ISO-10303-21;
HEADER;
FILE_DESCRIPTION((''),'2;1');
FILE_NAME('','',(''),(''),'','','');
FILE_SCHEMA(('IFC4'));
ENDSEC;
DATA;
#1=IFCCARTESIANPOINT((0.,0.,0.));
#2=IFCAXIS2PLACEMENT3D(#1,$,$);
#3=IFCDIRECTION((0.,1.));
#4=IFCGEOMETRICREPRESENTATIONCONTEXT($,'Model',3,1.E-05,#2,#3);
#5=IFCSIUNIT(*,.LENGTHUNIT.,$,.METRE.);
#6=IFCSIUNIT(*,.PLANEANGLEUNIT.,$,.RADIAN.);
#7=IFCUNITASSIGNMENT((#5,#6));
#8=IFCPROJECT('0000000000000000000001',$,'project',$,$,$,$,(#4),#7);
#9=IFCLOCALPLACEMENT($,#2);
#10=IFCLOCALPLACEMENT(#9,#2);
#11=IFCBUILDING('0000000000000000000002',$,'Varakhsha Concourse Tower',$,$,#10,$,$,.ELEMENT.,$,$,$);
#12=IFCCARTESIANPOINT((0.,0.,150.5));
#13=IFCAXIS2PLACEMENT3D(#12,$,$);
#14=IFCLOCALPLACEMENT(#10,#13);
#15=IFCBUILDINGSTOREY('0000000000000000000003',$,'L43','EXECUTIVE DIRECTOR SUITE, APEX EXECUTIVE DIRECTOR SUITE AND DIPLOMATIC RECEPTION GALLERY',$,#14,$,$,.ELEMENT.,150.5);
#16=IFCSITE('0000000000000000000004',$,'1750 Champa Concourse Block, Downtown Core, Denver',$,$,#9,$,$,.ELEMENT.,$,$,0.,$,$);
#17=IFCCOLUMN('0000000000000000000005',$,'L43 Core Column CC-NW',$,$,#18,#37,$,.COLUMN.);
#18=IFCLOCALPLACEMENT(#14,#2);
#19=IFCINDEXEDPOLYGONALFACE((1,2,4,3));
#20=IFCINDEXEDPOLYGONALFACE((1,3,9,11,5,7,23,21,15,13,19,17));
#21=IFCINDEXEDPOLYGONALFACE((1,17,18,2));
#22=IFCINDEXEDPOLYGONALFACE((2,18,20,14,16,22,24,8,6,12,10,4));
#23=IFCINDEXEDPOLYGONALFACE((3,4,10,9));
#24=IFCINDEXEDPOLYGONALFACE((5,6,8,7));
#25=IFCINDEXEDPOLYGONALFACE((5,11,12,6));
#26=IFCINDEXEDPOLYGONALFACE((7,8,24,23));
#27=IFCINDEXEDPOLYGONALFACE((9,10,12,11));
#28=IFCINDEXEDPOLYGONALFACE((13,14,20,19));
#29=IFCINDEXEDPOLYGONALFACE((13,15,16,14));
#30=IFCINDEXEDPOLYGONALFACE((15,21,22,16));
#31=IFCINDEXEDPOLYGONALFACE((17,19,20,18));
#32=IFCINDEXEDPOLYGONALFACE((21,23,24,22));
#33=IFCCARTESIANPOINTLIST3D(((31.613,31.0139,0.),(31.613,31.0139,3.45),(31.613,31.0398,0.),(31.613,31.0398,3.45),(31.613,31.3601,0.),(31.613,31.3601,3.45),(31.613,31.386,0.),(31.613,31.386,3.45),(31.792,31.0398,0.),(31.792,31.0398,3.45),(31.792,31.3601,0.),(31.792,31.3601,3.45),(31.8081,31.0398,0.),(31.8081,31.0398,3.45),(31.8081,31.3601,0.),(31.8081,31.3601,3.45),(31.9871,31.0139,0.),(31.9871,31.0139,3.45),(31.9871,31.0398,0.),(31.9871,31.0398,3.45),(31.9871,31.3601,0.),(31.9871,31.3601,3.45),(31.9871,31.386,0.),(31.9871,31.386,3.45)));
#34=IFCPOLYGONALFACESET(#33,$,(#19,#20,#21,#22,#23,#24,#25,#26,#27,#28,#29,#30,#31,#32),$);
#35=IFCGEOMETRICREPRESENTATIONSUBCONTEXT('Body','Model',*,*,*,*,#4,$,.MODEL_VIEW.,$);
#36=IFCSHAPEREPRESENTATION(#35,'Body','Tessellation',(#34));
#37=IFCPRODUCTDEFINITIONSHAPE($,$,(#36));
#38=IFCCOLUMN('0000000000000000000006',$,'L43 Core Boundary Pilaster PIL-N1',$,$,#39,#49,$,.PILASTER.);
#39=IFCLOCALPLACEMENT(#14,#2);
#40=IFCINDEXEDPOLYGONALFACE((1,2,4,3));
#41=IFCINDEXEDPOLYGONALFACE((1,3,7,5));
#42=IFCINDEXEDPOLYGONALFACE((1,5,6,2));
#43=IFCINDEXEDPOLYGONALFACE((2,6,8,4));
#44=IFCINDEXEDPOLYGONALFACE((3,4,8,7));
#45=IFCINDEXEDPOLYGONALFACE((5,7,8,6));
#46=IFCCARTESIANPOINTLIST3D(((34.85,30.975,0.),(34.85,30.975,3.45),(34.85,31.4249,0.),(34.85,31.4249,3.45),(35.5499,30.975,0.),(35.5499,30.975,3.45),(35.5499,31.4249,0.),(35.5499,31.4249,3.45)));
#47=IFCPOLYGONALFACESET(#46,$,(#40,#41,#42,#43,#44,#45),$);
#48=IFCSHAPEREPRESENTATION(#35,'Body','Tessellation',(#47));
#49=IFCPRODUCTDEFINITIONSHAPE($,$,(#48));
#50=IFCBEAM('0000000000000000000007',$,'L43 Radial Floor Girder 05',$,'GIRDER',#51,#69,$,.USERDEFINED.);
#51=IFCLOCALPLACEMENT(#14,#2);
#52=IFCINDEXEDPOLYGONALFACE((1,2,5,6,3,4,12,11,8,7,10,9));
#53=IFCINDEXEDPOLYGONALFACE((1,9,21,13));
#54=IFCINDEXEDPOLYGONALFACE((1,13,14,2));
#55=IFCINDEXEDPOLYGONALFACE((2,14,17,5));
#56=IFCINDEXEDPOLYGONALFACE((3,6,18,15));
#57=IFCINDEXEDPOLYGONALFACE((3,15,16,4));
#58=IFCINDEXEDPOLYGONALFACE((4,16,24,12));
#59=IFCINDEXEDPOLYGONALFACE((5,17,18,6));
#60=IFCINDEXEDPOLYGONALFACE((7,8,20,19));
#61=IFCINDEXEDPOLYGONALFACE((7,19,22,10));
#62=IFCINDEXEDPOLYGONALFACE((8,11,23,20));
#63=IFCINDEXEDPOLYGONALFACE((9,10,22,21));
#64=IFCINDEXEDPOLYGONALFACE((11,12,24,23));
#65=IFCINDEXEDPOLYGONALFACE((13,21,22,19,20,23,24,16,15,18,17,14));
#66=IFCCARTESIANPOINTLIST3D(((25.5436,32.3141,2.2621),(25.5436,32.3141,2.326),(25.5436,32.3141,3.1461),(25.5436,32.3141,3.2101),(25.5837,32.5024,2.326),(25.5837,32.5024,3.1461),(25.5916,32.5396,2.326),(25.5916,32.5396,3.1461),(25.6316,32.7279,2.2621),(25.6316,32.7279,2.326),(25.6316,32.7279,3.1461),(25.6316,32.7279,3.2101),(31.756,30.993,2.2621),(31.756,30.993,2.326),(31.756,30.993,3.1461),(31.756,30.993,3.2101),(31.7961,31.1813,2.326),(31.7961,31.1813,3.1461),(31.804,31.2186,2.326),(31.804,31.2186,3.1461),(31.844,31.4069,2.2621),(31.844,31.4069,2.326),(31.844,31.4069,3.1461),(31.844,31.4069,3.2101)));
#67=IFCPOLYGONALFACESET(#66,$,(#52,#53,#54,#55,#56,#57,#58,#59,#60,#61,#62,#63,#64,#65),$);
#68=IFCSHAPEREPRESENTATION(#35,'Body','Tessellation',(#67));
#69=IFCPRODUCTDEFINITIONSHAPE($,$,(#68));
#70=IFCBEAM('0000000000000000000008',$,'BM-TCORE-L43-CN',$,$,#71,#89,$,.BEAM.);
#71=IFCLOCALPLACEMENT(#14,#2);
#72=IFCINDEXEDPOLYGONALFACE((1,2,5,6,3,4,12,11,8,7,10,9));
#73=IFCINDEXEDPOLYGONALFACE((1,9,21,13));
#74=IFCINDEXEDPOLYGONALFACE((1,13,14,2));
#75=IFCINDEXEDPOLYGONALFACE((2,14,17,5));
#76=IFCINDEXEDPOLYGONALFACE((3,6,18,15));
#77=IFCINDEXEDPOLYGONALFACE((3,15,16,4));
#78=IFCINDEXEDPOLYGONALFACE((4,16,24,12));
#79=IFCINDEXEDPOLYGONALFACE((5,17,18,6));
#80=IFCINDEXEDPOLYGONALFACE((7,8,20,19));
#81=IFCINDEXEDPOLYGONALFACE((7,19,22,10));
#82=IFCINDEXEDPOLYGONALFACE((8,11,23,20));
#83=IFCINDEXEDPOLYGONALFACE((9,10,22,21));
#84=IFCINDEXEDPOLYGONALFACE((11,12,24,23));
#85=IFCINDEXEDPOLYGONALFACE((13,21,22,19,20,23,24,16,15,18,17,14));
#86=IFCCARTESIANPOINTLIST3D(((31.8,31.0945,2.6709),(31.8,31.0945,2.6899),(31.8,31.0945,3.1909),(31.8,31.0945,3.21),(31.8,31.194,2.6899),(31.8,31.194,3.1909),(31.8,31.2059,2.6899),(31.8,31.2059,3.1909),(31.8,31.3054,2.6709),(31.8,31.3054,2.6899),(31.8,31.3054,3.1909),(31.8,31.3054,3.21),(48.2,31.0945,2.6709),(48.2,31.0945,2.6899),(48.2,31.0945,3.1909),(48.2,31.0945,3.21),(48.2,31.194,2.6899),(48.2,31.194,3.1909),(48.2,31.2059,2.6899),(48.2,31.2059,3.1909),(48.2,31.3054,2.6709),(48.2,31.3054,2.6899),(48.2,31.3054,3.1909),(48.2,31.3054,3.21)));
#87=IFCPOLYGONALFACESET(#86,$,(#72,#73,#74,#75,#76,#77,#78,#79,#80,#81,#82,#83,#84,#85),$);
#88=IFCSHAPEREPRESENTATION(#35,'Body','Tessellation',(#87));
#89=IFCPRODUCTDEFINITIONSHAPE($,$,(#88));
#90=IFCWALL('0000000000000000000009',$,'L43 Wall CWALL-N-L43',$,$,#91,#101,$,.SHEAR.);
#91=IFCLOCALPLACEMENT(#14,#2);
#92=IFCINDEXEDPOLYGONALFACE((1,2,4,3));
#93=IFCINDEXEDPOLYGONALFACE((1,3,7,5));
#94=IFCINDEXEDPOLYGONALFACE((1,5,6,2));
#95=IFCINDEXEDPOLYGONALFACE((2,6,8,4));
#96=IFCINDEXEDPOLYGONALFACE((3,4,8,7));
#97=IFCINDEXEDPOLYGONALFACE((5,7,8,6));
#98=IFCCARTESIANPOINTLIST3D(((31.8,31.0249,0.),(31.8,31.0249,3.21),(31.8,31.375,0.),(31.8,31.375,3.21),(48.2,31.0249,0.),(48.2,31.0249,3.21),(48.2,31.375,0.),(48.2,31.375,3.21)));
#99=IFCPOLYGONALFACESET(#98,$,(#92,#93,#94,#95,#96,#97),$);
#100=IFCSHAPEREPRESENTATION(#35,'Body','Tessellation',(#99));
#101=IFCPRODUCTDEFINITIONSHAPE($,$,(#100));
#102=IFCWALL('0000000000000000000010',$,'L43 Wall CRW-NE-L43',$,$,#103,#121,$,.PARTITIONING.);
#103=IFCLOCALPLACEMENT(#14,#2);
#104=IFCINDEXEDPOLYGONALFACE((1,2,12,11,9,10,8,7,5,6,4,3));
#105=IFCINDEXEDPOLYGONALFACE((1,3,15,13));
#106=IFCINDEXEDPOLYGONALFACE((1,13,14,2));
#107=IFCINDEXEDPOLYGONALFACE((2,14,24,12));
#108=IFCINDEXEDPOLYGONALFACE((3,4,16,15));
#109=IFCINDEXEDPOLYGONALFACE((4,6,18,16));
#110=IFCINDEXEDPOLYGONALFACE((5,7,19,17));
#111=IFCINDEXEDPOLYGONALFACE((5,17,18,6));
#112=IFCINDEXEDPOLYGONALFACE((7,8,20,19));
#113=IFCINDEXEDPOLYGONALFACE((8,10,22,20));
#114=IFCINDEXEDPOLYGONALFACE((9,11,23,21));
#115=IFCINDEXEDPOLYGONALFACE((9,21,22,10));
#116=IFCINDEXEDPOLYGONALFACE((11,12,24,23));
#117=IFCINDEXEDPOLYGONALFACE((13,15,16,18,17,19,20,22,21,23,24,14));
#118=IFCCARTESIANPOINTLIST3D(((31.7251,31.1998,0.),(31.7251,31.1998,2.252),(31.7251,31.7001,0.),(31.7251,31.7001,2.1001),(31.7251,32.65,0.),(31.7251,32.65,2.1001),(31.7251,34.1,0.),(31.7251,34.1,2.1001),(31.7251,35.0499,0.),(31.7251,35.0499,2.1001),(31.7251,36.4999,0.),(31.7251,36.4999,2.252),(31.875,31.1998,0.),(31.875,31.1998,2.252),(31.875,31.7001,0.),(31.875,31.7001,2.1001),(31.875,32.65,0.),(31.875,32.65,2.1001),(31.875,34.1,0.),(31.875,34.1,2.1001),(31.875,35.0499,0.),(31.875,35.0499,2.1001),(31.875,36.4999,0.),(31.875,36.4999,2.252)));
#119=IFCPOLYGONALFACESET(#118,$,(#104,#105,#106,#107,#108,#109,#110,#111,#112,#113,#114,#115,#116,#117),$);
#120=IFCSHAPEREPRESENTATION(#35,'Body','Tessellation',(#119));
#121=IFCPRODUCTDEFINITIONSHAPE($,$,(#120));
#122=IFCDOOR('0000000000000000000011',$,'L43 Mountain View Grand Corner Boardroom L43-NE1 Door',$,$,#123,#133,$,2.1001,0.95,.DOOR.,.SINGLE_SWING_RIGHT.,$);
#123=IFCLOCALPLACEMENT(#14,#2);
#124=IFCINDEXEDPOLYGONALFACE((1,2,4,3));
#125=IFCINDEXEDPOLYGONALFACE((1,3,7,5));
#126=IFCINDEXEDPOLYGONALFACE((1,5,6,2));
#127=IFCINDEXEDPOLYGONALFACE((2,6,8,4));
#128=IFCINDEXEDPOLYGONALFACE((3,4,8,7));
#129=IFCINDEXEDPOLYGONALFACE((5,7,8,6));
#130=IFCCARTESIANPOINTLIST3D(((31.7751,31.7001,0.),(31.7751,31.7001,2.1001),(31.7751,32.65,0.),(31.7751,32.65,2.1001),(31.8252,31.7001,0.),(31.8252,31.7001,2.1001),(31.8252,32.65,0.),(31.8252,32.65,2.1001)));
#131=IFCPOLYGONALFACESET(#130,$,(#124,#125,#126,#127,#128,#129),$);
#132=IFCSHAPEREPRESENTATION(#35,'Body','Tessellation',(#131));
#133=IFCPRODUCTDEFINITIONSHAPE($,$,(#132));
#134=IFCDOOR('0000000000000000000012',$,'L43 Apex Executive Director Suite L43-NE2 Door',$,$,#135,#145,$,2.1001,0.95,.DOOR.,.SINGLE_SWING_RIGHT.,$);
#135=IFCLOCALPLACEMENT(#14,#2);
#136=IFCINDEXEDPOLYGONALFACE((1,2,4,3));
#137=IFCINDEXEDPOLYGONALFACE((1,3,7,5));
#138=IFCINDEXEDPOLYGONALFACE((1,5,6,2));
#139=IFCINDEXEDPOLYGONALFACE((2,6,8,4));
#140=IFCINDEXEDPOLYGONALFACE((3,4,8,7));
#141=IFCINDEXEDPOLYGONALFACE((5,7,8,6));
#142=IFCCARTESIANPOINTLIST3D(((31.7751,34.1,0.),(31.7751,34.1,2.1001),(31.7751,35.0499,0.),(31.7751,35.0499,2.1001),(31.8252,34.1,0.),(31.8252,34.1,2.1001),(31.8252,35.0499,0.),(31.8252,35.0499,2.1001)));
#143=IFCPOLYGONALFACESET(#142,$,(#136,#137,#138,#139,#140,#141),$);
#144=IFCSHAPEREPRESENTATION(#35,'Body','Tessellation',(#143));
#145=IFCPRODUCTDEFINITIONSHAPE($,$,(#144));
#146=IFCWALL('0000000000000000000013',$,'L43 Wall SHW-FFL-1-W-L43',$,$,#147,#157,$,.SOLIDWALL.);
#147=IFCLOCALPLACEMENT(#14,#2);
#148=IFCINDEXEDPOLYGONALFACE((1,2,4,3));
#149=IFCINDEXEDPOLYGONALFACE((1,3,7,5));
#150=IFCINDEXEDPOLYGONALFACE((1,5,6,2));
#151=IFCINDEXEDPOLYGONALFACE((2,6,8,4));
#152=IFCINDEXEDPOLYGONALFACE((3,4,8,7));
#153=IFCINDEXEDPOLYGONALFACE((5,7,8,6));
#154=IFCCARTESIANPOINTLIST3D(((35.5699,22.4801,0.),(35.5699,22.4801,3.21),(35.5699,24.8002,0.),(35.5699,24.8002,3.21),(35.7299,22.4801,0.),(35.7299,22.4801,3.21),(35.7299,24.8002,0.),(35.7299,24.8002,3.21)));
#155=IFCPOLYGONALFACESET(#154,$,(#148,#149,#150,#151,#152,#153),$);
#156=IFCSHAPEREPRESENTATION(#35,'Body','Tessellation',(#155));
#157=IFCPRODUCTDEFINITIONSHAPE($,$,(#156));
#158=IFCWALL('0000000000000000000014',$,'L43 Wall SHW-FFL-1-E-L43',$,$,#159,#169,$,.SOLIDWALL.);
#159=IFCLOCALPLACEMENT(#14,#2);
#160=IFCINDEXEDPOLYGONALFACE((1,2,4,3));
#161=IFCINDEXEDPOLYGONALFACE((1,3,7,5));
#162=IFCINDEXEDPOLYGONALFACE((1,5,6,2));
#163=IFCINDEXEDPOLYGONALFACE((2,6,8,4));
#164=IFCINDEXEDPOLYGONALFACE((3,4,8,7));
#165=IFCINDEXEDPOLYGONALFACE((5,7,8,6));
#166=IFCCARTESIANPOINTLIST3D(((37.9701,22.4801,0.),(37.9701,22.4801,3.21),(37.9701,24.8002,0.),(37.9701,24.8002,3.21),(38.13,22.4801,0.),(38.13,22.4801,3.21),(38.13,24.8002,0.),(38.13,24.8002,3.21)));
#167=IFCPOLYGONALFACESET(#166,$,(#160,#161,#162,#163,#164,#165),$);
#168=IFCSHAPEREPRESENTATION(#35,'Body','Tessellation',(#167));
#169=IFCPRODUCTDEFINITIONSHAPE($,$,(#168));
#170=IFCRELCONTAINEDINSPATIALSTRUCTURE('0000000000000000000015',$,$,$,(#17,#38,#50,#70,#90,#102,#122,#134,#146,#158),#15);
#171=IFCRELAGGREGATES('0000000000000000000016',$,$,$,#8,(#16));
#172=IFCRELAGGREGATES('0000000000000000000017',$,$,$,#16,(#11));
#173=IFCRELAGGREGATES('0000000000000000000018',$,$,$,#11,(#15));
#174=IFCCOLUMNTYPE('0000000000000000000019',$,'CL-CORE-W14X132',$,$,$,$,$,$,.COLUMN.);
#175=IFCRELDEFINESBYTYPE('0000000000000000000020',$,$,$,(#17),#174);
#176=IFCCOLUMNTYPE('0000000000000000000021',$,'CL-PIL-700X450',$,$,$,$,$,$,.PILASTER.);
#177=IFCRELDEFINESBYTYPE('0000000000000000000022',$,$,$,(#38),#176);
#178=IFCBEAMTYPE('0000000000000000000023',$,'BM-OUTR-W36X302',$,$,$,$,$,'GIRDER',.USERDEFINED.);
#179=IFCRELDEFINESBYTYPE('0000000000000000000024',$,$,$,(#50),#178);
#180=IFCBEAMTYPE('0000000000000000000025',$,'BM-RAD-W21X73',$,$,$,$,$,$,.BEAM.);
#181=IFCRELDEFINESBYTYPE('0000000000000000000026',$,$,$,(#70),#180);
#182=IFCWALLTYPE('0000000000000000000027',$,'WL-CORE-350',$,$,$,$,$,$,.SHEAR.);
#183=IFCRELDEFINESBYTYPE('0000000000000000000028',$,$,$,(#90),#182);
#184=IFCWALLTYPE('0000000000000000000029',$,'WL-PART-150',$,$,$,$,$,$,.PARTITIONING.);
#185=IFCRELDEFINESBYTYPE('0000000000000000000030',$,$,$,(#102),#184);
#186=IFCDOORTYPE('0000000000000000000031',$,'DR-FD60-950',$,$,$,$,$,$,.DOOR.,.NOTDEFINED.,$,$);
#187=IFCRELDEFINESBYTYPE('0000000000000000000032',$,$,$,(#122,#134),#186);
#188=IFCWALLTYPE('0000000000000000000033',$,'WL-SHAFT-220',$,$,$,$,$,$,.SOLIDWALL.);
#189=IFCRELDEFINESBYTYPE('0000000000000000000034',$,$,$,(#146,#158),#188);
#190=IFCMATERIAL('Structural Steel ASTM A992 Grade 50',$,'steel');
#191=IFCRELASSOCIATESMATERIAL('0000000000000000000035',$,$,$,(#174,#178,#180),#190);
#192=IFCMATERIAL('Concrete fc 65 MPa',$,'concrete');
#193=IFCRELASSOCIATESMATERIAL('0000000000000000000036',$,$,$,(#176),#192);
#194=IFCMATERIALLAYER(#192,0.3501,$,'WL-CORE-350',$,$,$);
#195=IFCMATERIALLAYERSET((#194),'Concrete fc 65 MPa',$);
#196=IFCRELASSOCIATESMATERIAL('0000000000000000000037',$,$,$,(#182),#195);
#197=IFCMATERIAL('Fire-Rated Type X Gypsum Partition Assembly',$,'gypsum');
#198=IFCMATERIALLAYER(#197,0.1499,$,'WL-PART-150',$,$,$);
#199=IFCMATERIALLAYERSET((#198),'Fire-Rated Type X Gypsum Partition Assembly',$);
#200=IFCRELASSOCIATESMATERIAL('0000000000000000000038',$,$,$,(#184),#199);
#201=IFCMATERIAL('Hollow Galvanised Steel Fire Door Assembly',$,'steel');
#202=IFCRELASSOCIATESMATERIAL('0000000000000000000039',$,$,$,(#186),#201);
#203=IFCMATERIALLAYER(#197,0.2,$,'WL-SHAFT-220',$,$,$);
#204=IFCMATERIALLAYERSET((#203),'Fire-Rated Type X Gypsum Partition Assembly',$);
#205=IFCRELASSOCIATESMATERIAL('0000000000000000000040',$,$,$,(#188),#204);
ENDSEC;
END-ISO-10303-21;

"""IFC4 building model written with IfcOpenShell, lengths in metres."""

from ifc_helpers import new_model, si_unit, direction, frame, frame_2d, origin, origin_2d, place, context, subcontext, project, spatial, rectangle, i_section, extrude, material, layer, layer_set, material_profile, profile_set, type_object, element, fill, save


model = new_model("IFC4")

# Units and contexts
model_context = context("Model", 3, precision=1e-05, world=origin(), true_north=direction((0.0, 1.0)))
body_context = subcontext(model_context, "Body", "Model", "MODEL_VIEW")
ifc_project = project(units=[si_unit("LENGTHUNIT", "METRE"), si_unit("PLANEANGLEUNIT", "RADIAN")], contexts=[model_context])

# Site, building, storey
site_placement = place(None, origin())
site = spatial("IfcSite", under=ifc_project, at=site_placement, Name="1750 Champa Concourse Block, Downtown Core, Denver", CompositionType="ELEMENT", RefElevation=0.0)
building_placement = place(site_placement, origin())
building = spatial("IfcBuilding", under=site, at=building_placement, Name="Varakhsha Concourse Tower", CompositionType="ELEMENT")
storey_placement = place(building_placement, frame((0.0, 0.0, 150.5)))
storey = spatial("IfcBuildingStorey", under=building, at=storey_placement, Name="L43", Description="EXECUTIVE DIRECTOR SUITE, APEX EXECUTIVE DIRECTOR SUITE AND DIPLOMATIC RECEPTION GALLERY", CompositionType="ELEMENT", Elevation=150.5)

# Columns
ifc_material_1 = material(Name="Structural Steel ASTM A992 Grade 50", Category="steel")
ifc_material_profile_1 = material_profile(ifc_material_1, i_section(OverallWidth=0.374, OverallDepth=0.3721, WebThickness=0.0161, FlangeThickness=0.0259, at=origin_2d()), Name="W14X132")
ifc_profile_set_1 = profile_set([ifc_material_profile_1], Name="Structural Steel ASTM A992 Grade 50")
column_type_1 = type_object("IfcColumnType", Name="CL-CORE-W14X132", PredefinedType="COLUMN", material=ifc_profile_set_1)
column_1_placement = place(storey_placement, frame((31.8, 31.2, 0.0), z_axis=(0.0, 0.0, 1.0), x_axis=(1.0, 0.0, 0.0)))
element("IfcColumn", 1, at=column_1_placement, inside=storey, type_object=column_type_1, Name="L43 Core Column CC-NW", PredefinedType="COLUMN", context=body_context, shape_type="SweptSolid", body=[
    extrude(i_section(OverallWidth=0.374, OverallDepth=0.3721, WebThickness=0.0161, FlangeThickness=0.0259, at=origin_2d()), origin(), (0.0, 0.0, 1.0), 3.45),
])
ifc_material_2 = material(Name="Concrete fc 65 MPa", Category="concrete")
ifc_material_profile_2 = material_profile(ifc_material_2, rectangle(XDim=0.7, YDim=0.45, at=origin_2d()), Name="RC 700x450")
ifc_profile_set_2 = profile_set([ifc_material_profile_2], Name="Concrete fc 65 MPa")
column_type_2 = type_object("IfcColumnType", Name="CL-PIL-700X450", PredefinedType="PILASTER", material=ifc_profile_set_2)
column_2_placement = place(storey_placement, frame((35.2, 31.2, 0.0), z_axis=(0.0, 0.0, 1.0), x_axis=(1.0, 0.0, 0.0)))
element("IfcColumn", 2, at=column_2_placement, inside=storey, type_object=column_type_2, Name="L43 Core Boundary Pilaster PIL-N1", PredefinedType="PILASTER", context=body_context, shape_type="SweptSolid", body=[
    extrude(rectangle(XDim=0.7, YDim=0.45, at=origin_2d()), origin(), (0.0, 0.0, 1.0), 3.45),
])

# Beams
ifc_material_profile_3 = material_profile(ifc_material_1, i_section(OverallWidth=0.4231, OverallDepth=0.948, WebThickness=0.0381, FlangeThickness=0.064, at=origin_2d()), Name="W36X302")
ifc_profile_set_3 = profile_set([ifc_material_profile_3], Name="Structural Steel ASTM A992 Grade 50")
beam_type_1 = type_object("IfcBeamType", Name="BM-OUTR-W36X302", ElementType="GIRDER", PredefinedType="USERDEFINED", material=ifc_profile_set_3)
beam_1_placement = place(storey_placement, frame((31.8, 31.2, 2.7361), z_axis=(-0.97813, 0.207996, 0.0), x_axis=(-0.207996, -0.97813, 0.0)))
element("IfcBeam", 3, at=beam_1_placement, inside=storey, type_object=beam_type_1, Name="L43 Radial Floor Girder 05", ObjectType="GIRDER", PredefinedType="USERDEFINED", context=body_context, shape_type="SweptSolid", body=[
    extrude(i_section(OverallWidth=0.4231, OverallDepth=0.948, WebThickness=0.0381, FlangeThickness=0.064, at=origin_2d()), origin(), (0.0, 0.0, 1.0), 6.3513),
])
ifc_material_profile_4 = material_profile(ifc_material_1, i_section(OverallWidth=0.2109, OverallDepth=0.5391, WebThickness=0.012, FlangeThickness=0.019, at=origin_2d()), Name="W21X73")
ifc_profile_set_4 = profile_set([ifc_material_profile_4], Name="Structural Steel ASTM A992 Grade 50")
beam_type_2 = type_object("IfcBeamType", Name="BM-RAD-W21X73", PredefinedType="BEAM", material=ifc_profile_set_4)
beam_2_placement = place(storey_placement, frame((31.8, 31.2, 2.9404), z_axis=(1.0, 0.0, 0.0), x_axis=(0.0, 1.0, 0.0)))
element("IfcBeam", 4, at=beam_2_placement, inside=storey, type_object=beam_type_2, Name="BM-TCORE-L43-CN", PredefinedType="BEAM", context=body_context, shape_type="SweptSolid", body=[
    extrude(i_section(OverallWidth=0.2109, OverallDepth=0.5391, WebThickness=0.012, FlangeThickness=0.019, at=origin_2d()), origin(), (0.0, 0.0, 1.0), 16.3999),
])

# Wall
ifc_layer_1 = layer(ifc_material_2, 0.3501, Name="WL-CORE-350")
ifc_layer_set_1 = layer_set([ifc_layer_1], Name="Concrete fc 65 MPa")
wall_type_1 = type_object("IfcWallType", Name="WL-CORE-350", PredefinedType="SHEAR", material=ifc_layer_set_1)
wall_1_placement = place(storey_placement, frame((31.8, 31.2, 0.0), z_axis=(0.0, 0.0, 1.0), x_axis=(1.0, 0.0, 0.0)))
element("IfcWall", 5, at=wall_1_placement, inside=storey, type_object=wall_type_1, Name="L43 Wall CWALL-N-L43", PredefinedType="SHEAR", context=body_context, shape_type="SweptSolid", body=[
    extrude(rectangle(XDim=16.3999, YDim=0.3501, at=frame_2d((8.2, 0.0))), origin(), (0.0, 0.0, 1.0), 3.21),
])

# Wall, openings, doors
ifc_material_3 = material(Name="Fire-Rated Type X Gypsum Partition Assembly", Category="gypsum")
ifc_layer_2 = layer(ifc_material_3, 0.1499, Name="WL-PART-150")
ifc_layer_set_2 = layer_set([ifc_layer_2], Name="Fire-Rated Type X Gypsum Partition Assembly")
wall_type_2 = type_object("IfcWallType", Name="WL-PART-150", PredefinedType="PARTITIONING", material=ifc_layer_set_2)
wall_2_placement = place(storey_placement, frame((31.8, 31.2, 0.0), z_axis=(0.0, 0.0, 1.0), x_axis=(0.0, 1.0, 0.0)))
wall_2 = element("IfcWall", 6, at=wall_2_placement, inside=storey, type_object=wall_type_2, Name="L43 Wall CRW-NE-L43", PredefinedType="PARTITIONING", context=body_context, shape_type="SweptSolid", body=[
    extrude(rectangle(XDim=5.3, YDim=0.1499, at=frame_2d((2.6499, 0.0))), origin(), (0.0, 0.0, 1.0), 2.252),
])
opening_1_placement = place(wall_2_placement, frame((0.5, 0.0, 0.0)))
opening_1 = element("IfcOpeningElement", 7, at=opening_1_placement, cuts=wall_2, PredefinedType="OPENING", context=body_context, shape_type="SweptSolid", body=[
    extrude(rectangle(XDim=0.95, YDim=2.1001, at=frame_2d((0.4751, 1.05))), frame((0.0, 0.085, 0.0), z_axis=(0.0, -1.0, 0.0), x_axis=(1.0, 0.0, 0.0)), (0.0, 0.0, 1.0), 0.1699),
])
opening_2_placement = place(wall_2_placement, frame((2.8999, 0.0, 0.0)))
opening_2 = element("IfcOpeningElement", 8, at=opening_2_placement, cuts=wall_2, PredefinedType="OPENING", context=body_context, shape_type="SweptSolid", body=[
    extrude(rectangle(XDim=0.95, YDim=2.1001, at=frame_2d((0.4751, 1.05))), frame((0.0, 0.085, 0.0), z_axis=(0.0, -1.0, 0.0), x_axis=(1.0, 0.0, 0.0)), (0.0, 0.0, 1.0), 0.1699),
])
ifc_material_4 = material(Name="Hollow Galvanised Steel Fire Door Assembly", Category="steel")
door_type_1 = type_object("IfcDoorType", Name="DR-FD60-950", OperationType="NOTDEFINED", PredefinedType="DOOR", material=ifc_material_4)
door_1_placement = place(opening_1_placement, origin())
door_1 = element("IfcDoor", 9, at=door_1_placement, inside=storey, type_object=door_type_1, Name="L43 Mountain View Grand Corner Boardroom L43-NE1 Door", OperationType="SINGLE_SWING_RIGHT", OverallHeight=2.1001, OverallWidth=0.95, PredefinedType="DOOR", context=body_context, shape_type="SweptSolid", body=[
    extrude(rectangle(XDim=0.95, YDim=2.1001, at=frame_2d((0.4751, 1.05))), frame((0.0, 0.0249, 0.0), z_axis=(0.0, -1.0, 0.0), x_axis=(1.0, 0.0, 0.0)), (0.0, 0.0, 1.0), 0.05),
])
fill(opening_1, door_1)
door_2_placement = place(opening_2_placement, origin())
door_2 = element("IfcDoor", 10, at=door_2_placement, inside=storey, type_object=door_type_1, Name="L43 Apex Executive Director Suite L43-NE2 Door", OperationType="SINGLE_SWING_RIGHT", OverallHeight=2.1001, OverallWidth=0.95, PredefinedType="DOOR", context=body_context, shape_type="SweptSolid", body=[
    extrude(rectangle(XDim=0.95, YDim=2.1001, at=frame_2d((0.4751, 1.05))), frame((0.0, 0.0249, 0.0), z_axis=(0.0, -1.0, 0.0), x_axis=(1.0, 0.0, 0.0)), (0.0, 0.0, 1.0), 0.05),
])
fill(opening_2, door_2)
ifc_layer_3 = layer(ifc_material_3, 0.2, Name="WL-SHAFT-220")
ifc_layer_set_3 = layer_set([ifc_layer_3], Name="Fire-Rated Type X Gypsum Partition Assembly")
wall_type_3 = type_object("IfcWallType", Name="WL-SHAFT-220", PredefinedType="SOLIDWALL", material=ifc_layer_set_3)

# Walls
for number, where, z_axis, x_axis, name in (
    (11, (35.6499, 22.48, 0.0), (0.0, 0.0, 1.0), (0.0, 1.0, 0.0), "L43 Wall SHW-FFL-1-W-L43"),
    (12, (38.05, 22.48, 0.0), (0.0, 0.0, 1.0), (0.0, 1.0, 0.0), "L43 Wall SHW-FFL-1-E-L43"),
):
    element("IfcWall", number, at=place(storey_placement, frame(where, z_axis=z_axis, x_axis=x_axis)), inside=storey, type_object=wall_type_3, Name=name, PredefinedType="SOLIDWALL", context=body_context, shape_type="SweptSolid", body=[
        extrude(rectangle(XDim=2.3201, YDim=0.1599, at=frame_2d((1.1602, 0.0))), origin(), (0.0, 0.0, 1.0), 3.21),
    ])

save(model, "model.ifc")
